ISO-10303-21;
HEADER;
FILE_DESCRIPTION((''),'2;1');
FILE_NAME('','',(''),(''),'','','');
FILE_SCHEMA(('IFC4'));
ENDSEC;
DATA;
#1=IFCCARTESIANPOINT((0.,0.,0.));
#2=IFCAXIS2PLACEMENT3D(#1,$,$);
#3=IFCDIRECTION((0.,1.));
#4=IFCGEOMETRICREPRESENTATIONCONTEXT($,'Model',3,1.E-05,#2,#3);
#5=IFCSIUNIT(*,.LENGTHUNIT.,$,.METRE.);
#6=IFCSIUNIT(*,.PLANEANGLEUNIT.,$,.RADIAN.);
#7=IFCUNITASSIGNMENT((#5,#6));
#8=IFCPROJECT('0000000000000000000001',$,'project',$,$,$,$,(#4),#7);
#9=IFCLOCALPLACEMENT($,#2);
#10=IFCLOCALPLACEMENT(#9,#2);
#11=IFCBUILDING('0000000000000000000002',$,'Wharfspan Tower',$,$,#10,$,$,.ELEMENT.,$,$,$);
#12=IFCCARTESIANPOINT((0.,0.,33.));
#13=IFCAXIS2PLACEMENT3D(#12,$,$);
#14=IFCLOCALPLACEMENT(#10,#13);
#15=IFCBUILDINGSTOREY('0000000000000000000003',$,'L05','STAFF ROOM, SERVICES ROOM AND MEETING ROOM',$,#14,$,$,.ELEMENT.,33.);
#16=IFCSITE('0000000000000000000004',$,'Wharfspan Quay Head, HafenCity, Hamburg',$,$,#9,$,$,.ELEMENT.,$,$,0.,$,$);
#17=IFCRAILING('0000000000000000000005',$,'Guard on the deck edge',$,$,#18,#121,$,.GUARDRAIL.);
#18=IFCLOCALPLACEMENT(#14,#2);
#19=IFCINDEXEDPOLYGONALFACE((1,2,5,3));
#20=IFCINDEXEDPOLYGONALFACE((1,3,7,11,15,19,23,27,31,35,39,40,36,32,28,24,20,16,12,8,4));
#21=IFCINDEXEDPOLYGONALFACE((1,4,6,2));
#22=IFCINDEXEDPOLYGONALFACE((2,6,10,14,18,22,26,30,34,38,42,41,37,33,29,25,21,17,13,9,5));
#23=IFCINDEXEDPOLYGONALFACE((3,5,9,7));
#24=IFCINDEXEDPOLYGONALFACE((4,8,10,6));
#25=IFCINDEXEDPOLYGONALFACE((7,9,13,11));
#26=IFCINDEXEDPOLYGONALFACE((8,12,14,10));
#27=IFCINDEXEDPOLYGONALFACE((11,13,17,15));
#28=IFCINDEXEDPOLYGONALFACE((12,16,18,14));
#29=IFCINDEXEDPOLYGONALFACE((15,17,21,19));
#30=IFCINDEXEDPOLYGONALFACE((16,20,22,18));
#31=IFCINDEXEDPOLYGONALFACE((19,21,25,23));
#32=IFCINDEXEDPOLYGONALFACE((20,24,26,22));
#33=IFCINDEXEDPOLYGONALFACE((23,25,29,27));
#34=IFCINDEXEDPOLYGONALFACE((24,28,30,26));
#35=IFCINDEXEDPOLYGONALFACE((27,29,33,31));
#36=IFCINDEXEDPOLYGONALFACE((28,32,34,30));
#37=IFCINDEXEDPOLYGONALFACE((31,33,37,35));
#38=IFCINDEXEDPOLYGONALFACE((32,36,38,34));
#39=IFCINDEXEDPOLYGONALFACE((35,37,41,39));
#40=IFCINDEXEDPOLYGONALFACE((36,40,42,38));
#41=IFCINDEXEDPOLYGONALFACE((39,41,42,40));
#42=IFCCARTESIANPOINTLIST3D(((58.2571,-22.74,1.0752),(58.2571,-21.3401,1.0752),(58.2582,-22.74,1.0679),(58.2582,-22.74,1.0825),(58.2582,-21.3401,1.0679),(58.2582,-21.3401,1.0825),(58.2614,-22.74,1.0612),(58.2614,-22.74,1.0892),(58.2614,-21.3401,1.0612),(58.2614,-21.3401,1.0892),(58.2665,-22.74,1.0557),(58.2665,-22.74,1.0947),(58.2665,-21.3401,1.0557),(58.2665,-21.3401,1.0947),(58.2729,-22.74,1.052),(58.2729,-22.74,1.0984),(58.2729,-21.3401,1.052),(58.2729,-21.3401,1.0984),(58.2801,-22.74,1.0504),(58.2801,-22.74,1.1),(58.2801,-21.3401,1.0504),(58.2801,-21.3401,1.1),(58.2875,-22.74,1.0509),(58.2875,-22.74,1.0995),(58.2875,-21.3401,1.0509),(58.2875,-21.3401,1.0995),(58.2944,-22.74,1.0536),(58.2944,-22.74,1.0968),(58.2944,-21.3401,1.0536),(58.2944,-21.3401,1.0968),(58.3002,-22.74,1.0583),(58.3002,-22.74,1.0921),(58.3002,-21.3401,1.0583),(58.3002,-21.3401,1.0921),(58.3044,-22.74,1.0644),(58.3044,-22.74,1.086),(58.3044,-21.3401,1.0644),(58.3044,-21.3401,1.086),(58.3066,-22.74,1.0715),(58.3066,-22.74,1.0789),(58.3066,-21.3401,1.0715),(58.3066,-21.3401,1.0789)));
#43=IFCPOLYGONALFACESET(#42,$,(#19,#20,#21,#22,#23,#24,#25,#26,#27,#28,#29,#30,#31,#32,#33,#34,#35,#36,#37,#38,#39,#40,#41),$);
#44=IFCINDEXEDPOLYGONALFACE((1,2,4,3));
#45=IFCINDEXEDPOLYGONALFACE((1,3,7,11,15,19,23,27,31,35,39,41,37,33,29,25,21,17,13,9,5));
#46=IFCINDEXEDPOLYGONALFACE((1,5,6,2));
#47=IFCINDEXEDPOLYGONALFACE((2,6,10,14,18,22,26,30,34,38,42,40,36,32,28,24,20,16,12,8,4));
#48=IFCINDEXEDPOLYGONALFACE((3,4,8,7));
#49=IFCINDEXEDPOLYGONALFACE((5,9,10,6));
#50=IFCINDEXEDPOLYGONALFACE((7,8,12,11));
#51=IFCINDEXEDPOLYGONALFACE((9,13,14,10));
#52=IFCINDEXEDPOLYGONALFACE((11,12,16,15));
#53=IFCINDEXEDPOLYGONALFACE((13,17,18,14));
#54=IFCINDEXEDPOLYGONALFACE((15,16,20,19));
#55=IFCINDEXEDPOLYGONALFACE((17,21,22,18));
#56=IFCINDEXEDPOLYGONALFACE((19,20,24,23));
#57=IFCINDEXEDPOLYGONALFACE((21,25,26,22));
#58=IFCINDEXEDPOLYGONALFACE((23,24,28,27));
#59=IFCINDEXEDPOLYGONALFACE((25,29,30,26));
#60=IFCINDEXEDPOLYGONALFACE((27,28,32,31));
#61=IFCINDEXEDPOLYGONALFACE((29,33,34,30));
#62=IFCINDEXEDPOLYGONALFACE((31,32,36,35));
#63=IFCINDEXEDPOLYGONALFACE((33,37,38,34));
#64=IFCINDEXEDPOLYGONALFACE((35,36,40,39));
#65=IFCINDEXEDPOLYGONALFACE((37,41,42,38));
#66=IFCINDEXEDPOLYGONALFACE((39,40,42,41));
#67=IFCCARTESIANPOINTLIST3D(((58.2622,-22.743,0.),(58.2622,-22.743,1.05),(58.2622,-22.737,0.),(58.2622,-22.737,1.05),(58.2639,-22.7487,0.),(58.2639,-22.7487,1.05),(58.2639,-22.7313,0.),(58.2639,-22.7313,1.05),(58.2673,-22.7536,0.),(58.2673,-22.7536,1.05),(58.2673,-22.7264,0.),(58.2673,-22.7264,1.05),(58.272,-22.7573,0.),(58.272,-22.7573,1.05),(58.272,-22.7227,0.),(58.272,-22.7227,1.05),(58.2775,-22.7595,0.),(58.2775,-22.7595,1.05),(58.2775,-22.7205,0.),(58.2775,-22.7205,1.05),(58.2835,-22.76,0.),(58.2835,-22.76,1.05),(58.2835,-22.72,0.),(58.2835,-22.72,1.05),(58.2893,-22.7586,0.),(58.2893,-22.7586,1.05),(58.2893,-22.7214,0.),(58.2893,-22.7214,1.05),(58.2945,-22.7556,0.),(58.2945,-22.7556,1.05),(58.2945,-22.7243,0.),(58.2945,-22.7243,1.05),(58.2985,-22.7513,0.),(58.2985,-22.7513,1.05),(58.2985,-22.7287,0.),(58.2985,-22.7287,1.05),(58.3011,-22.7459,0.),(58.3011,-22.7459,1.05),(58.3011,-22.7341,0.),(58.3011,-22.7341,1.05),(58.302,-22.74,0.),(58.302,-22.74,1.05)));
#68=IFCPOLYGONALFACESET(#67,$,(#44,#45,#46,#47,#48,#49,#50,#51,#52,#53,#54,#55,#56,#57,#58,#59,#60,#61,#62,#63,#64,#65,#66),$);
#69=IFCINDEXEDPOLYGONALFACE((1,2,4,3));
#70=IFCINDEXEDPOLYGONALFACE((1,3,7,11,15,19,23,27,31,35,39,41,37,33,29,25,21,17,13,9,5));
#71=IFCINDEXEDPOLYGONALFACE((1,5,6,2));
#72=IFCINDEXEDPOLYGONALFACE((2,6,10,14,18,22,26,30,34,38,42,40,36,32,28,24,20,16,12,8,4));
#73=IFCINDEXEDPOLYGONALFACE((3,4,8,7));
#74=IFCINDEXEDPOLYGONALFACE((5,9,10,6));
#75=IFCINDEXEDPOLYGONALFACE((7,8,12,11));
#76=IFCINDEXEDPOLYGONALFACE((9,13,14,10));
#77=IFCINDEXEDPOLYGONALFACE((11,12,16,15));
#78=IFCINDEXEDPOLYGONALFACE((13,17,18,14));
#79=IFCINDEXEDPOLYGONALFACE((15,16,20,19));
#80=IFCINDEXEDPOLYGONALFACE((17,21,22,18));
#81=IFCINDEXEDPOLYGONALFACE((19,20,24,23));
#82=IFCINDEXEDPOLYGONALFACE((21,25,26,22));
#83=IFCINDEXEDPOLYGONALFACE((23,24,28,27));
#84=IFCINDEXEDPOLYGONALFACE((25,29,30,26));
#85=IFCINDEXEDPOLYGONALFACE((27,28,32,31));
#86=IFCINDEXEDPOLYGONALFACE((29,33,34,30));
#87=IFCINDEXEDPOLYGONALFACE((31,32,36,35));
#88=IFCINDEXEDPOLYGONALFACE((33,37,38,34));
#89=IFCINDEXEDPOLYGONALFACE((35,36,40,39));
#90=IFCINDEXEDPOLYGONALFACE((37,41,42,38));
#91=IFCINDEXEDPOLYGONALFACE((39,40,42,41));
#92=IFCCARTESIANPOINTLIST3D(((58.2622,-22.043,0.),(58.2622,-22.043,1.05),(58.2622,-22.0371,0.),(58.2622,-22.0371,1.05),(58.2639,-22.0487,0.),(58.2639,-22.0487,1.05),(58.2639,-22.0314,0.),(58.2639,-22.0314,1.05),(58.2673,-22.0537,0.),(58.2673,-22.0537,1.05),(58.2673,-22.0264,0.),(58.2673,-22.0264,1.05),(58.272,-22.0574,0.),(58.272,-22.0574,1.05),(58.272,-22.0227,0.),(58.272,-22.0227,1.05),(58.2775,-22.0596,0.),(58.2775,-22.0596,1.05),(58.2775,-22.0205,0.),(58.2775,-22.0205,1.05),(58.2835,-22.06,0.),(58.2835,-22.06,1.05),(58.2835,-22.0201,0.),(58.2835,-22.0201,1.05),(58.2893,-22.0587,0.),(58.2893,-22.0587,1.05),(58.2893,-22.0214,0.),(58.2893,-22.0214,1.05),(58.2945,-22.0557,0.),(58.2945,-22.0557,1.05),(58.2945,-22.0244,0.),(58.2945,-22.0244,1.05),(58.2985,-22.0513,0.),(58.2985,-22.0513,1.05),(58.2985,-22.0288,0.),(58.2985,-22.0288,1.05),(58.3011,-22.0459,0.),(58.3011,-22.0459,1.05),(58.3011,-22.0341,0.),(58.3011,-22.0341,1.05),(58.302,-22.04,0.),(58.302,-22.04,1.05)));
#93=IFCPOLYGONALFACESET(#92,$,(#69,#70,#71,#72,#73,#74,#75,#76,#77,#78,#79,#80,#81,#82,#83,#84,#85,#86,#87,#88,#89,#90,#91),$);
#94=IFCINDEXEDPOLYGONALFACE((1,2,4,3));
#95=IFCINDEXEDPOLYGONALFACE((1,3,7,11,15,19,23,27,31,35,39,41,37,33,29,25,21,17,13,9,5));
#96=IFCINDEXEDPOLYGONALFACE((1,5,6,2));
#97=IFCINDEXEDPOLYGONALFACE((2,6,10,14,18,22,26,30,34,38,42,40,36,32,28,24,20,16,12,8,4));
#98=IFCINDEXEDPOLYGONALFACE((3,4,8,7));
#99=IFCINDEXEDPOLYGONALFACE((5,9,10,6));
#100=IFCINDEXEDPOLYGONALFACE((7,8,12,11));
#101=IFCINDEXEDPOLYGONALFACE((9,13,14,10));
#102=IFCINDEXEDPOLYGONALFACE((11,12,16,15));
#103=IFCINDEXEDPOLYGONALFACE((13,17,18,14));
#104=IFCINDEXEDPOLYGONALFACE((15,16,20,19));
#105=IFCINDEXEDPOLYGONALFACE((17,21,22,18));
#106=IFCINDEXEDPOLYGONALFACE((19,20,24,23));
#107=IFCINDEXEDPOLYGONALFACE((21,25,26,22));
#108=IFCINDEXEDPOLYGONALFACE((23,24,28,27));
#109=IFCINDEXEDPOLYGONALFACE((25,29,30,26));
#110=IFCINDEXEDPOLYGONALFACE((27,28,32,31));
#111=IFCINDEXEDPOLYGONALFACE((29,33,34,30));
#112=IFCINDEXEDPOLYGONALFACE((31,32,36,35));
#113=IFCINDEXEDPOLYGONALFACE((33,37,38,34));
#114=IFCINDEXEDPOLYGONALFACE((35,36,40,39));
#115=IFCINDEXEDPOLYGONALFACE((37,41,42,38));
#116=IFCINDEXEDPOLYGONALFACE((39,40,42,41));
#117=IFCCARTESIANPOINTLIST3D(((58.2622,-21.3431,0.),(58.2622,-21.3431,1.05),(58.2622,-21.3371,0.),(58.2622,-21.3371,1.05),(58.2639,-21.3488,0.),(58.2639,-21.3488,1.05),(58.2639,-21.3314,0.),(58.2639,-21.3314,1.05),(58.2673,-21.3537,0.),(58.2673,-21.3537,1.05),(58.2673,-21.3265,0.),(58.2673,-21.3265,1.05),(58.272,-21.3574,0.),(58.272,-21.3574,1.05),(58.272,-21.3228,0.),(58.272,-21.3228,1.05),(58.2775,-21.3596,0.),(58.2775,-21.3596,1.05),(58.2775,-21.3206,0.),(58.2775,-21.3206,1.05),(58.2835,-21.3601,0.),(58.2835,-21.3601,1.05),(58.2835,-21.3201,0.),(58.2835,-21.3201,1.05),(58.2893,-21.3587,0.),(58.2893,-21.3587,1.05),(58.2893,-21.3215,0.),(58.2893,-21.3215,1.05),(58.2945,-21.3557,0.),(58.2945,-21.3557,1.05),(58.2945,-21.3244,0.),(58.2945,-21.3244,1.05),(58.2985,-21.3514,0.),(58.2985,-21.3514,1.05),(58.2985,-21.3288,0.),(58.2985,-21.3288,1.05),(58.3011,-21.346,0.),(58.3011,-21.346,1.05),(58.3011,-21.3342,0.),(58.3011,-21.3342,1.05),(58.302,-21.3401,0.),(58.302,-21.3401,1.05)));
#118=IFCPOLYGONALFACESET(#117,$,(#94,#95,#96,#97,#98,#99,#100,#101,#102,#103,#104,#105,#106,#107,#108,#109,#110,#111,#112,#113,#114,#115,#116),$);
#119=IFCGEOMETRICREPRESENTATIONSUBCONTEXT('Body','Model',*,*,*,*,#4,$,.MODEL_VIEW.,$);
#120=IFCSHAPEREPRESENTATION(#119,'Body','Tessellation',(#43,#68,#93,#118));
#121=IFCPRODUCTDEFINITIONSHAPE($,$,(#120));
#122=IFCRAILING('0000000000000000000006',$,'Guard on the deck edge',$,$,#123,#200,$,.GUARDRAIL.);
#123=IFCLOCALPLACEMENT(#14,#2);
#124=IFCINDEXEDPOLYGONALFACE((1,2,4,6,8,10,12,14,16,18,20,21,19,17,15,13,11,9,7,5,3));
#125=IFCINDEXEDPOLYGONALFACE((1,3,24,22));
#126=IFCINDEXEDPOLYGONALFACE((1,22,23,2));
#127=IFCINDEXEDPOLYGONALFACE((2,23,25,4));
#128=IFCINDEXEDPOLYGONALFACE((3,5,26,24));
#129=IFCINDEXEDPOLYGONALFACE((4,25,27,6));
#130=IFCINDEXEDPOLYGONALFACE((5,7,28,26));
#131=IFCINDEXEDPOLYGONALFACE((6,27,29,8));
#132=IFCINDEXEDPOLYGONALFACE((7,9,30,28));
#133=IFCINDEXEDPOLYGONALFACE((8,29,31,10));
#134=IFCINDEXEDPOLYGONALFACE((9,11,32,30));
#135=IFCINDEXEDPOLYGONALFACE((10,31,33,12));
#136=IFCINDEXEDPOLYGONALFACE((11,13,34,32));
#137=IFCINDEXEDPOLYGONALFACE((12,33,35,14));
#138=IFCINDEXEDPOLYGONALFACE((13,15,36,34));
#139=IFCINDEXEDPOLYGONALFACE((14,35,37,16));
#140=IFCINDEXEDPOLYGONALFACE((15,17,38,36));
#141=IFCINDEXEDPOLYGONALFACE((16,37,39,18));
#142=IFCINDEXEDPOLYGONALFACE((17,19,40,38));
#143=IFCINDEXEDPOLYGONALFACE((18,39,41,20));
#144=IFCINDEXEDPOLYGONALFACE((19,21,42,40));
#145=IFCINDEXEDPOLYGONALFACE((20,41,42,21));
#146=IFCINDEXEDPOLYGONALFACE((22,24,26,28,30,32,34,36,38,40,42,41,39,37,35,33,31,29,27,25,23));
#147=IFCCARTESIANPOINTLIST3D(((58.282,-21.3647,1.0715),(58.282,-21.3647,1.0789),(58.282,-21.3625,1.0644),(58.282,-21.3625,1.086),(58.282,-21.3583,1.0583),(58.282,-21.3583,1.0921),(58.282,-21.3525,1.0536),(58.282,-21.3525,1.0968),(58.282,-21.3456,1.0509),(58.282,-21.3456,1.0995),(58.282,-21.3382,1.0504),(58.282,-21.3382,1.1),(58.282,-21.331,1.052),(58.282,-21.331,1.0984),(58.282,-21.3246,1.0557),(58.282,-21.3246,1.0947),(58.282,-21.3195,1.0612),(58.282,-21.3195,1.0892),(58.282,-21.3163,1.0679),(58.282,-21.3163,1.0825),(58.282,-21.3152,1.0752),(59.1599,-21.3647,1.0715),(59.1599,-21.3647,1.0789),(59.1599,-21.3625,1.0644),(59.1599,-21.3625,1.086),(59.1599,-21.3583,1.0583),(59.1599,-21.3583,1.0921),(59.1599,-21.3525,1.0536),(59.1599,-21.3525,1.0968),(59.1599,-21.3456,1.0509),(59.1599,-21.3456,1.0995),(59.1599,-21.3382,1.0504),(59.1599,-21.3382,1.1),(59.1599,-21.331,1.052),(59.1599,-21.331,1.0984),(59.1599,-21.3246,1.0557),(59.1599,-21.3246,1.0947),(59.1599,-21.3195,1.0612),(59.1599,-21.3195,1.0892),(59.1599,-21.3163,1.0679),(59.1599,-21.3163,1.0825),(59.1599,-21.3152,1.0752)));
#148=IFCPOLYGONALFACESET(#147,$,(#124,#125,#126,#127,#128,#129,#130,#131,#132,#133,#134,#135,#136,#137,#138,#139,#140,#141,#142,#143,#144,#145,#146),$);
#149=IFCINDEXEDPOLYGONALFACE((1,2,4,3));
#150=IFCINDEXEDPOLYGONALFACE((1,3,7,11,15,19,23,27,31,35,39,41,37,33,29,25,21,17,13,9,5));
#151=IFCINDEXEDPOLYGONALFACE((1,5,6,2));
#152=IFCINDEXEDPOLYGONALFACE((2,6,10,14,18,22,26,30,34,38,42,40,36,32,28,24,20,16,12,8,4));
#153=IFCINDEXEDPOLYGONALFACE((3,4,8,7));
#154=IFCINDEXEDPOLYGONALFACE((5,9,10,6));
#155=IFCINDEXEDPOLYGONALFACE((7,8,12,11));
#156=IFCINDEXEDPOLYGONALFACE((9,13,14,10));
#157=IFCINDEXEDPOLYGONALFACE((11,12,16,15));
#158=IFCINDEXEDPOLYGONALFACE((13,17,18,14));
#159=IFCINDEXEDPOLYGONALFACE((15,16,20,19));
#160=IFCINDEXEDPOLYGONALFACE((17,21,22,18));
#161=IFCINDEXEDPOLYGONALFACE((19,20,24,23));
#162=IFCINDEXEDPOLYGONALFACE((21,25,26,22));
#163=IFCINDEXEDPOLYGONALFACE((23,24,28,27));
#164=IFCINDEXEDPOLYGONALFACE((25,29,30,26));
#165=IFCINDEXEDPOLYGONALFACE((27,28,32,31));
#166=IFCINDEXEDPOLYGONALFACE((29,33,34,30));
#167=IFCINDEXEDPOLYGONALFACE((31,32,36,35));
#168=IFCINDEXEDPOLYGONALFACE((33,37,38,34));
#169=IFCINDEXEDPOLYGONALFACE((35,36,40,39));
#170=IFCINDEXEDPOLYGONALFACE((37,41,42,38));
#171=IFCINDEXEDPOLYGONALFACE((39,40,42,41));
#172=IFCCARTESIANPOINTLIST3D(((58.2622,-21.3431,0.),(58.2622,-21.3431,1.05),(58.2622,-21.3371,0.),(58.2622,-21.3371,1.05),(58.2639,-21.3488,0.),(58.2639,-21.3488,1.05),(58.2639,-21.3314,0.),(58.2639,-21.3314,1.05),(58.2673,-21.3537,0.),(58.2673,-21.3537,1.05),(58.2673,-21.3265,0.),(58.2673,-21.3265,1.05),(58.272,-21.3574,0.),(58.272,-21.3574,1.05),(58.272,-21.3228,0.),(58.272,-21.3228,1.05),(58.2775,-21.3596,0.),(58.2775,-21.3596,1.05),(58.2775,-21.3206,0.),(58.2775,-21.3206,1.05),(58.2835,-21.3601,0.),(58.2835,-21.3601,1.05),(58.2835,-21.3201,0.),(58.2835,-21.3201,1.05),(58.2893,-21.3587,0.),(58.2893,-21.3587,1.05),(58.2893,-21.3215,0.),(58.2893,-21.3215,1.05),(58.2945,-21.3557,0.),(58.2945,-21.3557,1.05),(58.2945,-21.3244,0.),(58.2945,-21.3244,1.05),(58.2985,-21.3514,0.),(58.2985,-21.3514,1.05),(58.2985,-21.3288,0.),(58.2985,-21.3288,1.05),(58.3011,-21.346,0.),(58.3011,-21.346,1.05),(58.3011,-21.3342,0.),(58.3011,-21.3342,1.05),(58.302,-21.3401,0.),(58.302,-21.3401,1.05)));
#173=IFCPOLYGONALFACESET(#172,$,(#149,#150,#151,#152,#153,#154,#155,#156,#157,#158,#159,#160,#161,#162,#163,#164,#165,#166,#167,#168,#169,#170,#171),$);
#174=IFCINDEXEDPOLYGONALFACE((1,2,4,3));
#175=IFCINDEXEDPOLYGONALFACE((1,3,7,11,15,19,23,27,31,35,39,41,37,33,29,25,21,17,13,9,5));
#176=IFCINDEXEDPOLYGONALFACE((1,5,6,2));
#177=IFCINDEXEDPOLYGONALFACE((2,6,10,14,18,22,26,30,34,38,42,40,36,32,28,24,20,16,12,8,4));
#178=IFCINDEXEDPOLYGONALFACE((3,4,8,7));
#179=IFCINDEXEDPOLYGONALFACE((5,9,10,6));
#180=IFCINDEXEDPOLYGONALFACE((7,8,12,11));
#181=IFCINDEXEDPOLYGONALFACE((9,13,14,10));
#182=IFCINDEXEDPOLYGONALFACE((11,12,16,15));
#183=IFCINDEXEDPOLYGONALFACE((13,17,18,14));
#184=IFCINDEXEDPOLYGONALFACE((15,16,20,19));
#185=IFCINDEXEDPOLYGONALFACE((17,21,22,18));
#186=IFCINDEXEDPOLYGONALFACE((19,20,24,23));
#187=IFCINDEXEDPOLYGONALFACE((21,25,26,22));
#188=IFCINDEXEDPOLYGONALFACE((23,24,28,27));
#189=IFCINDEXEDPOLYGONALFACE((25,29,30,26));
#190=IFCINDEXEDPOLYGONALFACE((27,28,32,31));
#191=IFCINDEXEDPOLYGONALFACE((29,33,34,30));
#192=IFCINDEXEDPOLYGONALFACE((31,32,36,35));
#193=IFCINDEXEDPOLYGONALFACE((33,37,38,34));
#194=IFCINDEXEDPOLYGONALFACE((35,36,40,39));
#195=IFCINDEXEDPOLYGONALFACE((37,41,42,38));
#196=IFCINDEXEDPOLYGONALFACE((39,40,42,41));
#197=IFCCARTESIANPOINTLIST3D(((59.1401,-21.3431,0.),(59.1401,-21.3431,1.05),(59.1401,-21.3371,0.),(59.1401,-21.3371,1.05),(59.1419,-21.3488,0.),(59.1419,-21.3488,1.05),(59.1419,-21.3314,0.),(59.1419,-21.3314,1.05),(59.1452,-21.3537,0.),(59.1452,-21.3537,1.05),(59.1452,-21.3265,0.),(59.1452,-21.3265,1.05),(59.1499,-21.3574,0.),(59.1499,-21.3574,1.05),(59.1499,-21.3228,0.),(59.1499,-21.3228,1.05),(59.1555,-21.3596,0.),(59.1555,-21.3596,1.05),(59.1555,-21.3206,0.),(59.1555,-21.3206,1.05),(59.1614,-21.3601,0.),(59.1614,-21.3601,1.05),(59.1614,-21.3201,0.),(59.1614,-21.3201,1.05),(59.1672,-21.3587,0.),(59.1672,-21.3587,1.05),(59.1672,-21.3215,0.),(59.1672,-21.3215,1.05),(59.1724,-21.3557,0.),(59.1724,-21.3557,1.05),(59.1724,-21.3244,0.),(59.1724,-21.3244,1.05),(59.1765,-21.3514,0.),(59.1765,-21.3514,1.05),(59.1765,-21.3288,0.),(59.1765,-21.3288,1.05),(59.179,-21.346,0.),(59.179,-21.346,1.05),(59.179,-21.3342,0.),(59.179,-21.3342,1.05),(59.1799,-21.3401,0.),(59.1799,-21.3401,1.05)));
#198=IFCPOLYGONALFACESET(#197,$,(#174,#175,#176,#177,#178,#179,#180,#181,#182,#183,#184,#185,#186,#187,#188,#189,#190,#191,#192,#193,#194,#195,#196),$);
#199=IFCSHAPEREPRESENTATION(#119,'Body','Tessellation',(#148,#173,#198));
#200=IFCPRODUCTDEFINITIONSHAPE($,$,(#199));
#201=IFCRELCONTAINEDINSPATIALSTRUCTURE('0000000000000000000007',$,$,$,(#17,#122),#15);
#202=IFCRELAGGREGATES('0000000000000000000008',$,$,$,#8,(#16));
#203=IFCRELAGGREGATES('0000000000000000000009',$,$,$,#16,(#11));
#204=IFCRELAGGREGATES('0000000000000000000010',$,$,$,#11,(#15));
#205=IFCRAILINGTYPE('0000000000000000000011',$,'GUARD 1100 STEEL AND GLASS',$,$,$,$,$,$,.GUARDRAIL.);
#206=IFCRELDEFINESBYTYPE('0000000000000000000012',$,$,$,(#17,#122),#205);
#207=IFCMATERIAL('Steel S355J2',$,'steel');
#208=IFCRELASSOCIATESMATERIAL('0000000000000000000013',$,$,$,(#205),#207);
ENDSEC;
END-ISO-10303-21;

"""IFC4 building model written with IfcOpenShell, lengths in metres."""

from ifc_helpers import new_model, si_unit, direction, frame, origin, origin_2d, place, context, subcontext, project, spatial, circle, extrude, material, type_object, element, save


model = new_model("IFC4")

# Units and contexts
model_context = context("Model", 3, precision=1e-05, world=origin(), true_north=direction((0.0, 1.0)))
body_context = subcontext(model_context, "Body", "Model", "MODEL_VIEW")
ifc_project = project(units=[si_unit("LENGTHUNIT", "METRE"), si_unit("PLANEANGLEUNIT", "RADIAN")], contexts=[model_context])

# Site, building, storey
site_placement = place(None, origin())
site = spatial("IfcSite", under=ifc_project, at=site_placement, Name="Wharfspan Quay Head, HafenCity, Hamburg", CompositionType="ELEMENT", RefElevation=0.0)
building_placement = place(site_placement, origin())
building = spatial("IfcBuilding", under=site, at=building_placement, Name="Wharfspan Tower", CompositionType="ELEMENT")
storey_placement = place(building_placement, frame((0.0, 0.0, 33.0)))
storey = spatial("IfcBuildingStorey", under=building, at=storey_placement, Name="L05", Description="STAFF ROOM, SERVICES ROOM AND MEETING ROOM", CompositionType="ELEMENT", Elevation=33.0)

# Railings
ifc_material_1 = material(Name="Steel S355J2", Category="steel")
railing_type = type_object("IfcRailingType", Name="GUARD 1100 STEEL AND GLASS", PredefinedType="GUARDRAIL", material=ifc_material_1)
railing_1_placement = place(storey_placement, frame((58.282, -22.74, 0.0)))
element("IfcRailing", 1, at=railing_1_placement, inside=storey, type_object=railing_type, Name="Guard on the deck edge", PredefinedType="GUARDRAIL", context=body_context, shape_type="SweptSolid", body=[
    extrude(circle(Radius=0.0249, at=origin_2d()), frame((0.0, 0.0, 1.0752), z_axis=(0.0, 1.0, 0.0), x_axis=(-1.0, 0.0, 0.0)), (0.0, 0.0, 1.0), 1.3999),
    extrude(circle(Radius=0.02, at=origin_2d()), origin(), (0.0, 0.0, 1.0), 1.05),
    extrude(circle(Radius=0.02, at=origin_2d()), frame((0.0, 0.7, 0.0)), (0.0, 0.0, 1.0), 1.05),
    extrude(circle(Radius=0.02, at=origin_2d()), frame((0.0, 1.3999, 0.0)), (0.0, 0.0, 1.0), 1.05),
])
railing_2_placement = place(storey_placement, frame((58.282, -21.3401, 0.0)))
element("IfcRailing", 2, at=railing_2_placement, inside=storey, type_object=railing_type, Name="Guard on the deck edge", PredefinedType="GUARDRAIL", context=body_context, shape_type="SweptSolid", body=[
    extrude(circle(Radius=0.0249, at=origin_2d()), frame((0.0, 0.0, 1.0752), z_axis=(1.0, 0.0, 0.0), x_axis=(0.0, 1.0, 0.0)), (0.0, 0.0, 1.0), 0.8779),
    extrude(circle(Radius=0.02, at=origin_2d()), origin(), (0.0, 0.0, 1.0), 1.05),
    extrude(circle(Radius=0.02, at=origin_2d()), frame((0.8779, 0.0, 0.0)), (0.0, 0.0, 1.0), 1.05),
])

save(model, "model.ifc")
